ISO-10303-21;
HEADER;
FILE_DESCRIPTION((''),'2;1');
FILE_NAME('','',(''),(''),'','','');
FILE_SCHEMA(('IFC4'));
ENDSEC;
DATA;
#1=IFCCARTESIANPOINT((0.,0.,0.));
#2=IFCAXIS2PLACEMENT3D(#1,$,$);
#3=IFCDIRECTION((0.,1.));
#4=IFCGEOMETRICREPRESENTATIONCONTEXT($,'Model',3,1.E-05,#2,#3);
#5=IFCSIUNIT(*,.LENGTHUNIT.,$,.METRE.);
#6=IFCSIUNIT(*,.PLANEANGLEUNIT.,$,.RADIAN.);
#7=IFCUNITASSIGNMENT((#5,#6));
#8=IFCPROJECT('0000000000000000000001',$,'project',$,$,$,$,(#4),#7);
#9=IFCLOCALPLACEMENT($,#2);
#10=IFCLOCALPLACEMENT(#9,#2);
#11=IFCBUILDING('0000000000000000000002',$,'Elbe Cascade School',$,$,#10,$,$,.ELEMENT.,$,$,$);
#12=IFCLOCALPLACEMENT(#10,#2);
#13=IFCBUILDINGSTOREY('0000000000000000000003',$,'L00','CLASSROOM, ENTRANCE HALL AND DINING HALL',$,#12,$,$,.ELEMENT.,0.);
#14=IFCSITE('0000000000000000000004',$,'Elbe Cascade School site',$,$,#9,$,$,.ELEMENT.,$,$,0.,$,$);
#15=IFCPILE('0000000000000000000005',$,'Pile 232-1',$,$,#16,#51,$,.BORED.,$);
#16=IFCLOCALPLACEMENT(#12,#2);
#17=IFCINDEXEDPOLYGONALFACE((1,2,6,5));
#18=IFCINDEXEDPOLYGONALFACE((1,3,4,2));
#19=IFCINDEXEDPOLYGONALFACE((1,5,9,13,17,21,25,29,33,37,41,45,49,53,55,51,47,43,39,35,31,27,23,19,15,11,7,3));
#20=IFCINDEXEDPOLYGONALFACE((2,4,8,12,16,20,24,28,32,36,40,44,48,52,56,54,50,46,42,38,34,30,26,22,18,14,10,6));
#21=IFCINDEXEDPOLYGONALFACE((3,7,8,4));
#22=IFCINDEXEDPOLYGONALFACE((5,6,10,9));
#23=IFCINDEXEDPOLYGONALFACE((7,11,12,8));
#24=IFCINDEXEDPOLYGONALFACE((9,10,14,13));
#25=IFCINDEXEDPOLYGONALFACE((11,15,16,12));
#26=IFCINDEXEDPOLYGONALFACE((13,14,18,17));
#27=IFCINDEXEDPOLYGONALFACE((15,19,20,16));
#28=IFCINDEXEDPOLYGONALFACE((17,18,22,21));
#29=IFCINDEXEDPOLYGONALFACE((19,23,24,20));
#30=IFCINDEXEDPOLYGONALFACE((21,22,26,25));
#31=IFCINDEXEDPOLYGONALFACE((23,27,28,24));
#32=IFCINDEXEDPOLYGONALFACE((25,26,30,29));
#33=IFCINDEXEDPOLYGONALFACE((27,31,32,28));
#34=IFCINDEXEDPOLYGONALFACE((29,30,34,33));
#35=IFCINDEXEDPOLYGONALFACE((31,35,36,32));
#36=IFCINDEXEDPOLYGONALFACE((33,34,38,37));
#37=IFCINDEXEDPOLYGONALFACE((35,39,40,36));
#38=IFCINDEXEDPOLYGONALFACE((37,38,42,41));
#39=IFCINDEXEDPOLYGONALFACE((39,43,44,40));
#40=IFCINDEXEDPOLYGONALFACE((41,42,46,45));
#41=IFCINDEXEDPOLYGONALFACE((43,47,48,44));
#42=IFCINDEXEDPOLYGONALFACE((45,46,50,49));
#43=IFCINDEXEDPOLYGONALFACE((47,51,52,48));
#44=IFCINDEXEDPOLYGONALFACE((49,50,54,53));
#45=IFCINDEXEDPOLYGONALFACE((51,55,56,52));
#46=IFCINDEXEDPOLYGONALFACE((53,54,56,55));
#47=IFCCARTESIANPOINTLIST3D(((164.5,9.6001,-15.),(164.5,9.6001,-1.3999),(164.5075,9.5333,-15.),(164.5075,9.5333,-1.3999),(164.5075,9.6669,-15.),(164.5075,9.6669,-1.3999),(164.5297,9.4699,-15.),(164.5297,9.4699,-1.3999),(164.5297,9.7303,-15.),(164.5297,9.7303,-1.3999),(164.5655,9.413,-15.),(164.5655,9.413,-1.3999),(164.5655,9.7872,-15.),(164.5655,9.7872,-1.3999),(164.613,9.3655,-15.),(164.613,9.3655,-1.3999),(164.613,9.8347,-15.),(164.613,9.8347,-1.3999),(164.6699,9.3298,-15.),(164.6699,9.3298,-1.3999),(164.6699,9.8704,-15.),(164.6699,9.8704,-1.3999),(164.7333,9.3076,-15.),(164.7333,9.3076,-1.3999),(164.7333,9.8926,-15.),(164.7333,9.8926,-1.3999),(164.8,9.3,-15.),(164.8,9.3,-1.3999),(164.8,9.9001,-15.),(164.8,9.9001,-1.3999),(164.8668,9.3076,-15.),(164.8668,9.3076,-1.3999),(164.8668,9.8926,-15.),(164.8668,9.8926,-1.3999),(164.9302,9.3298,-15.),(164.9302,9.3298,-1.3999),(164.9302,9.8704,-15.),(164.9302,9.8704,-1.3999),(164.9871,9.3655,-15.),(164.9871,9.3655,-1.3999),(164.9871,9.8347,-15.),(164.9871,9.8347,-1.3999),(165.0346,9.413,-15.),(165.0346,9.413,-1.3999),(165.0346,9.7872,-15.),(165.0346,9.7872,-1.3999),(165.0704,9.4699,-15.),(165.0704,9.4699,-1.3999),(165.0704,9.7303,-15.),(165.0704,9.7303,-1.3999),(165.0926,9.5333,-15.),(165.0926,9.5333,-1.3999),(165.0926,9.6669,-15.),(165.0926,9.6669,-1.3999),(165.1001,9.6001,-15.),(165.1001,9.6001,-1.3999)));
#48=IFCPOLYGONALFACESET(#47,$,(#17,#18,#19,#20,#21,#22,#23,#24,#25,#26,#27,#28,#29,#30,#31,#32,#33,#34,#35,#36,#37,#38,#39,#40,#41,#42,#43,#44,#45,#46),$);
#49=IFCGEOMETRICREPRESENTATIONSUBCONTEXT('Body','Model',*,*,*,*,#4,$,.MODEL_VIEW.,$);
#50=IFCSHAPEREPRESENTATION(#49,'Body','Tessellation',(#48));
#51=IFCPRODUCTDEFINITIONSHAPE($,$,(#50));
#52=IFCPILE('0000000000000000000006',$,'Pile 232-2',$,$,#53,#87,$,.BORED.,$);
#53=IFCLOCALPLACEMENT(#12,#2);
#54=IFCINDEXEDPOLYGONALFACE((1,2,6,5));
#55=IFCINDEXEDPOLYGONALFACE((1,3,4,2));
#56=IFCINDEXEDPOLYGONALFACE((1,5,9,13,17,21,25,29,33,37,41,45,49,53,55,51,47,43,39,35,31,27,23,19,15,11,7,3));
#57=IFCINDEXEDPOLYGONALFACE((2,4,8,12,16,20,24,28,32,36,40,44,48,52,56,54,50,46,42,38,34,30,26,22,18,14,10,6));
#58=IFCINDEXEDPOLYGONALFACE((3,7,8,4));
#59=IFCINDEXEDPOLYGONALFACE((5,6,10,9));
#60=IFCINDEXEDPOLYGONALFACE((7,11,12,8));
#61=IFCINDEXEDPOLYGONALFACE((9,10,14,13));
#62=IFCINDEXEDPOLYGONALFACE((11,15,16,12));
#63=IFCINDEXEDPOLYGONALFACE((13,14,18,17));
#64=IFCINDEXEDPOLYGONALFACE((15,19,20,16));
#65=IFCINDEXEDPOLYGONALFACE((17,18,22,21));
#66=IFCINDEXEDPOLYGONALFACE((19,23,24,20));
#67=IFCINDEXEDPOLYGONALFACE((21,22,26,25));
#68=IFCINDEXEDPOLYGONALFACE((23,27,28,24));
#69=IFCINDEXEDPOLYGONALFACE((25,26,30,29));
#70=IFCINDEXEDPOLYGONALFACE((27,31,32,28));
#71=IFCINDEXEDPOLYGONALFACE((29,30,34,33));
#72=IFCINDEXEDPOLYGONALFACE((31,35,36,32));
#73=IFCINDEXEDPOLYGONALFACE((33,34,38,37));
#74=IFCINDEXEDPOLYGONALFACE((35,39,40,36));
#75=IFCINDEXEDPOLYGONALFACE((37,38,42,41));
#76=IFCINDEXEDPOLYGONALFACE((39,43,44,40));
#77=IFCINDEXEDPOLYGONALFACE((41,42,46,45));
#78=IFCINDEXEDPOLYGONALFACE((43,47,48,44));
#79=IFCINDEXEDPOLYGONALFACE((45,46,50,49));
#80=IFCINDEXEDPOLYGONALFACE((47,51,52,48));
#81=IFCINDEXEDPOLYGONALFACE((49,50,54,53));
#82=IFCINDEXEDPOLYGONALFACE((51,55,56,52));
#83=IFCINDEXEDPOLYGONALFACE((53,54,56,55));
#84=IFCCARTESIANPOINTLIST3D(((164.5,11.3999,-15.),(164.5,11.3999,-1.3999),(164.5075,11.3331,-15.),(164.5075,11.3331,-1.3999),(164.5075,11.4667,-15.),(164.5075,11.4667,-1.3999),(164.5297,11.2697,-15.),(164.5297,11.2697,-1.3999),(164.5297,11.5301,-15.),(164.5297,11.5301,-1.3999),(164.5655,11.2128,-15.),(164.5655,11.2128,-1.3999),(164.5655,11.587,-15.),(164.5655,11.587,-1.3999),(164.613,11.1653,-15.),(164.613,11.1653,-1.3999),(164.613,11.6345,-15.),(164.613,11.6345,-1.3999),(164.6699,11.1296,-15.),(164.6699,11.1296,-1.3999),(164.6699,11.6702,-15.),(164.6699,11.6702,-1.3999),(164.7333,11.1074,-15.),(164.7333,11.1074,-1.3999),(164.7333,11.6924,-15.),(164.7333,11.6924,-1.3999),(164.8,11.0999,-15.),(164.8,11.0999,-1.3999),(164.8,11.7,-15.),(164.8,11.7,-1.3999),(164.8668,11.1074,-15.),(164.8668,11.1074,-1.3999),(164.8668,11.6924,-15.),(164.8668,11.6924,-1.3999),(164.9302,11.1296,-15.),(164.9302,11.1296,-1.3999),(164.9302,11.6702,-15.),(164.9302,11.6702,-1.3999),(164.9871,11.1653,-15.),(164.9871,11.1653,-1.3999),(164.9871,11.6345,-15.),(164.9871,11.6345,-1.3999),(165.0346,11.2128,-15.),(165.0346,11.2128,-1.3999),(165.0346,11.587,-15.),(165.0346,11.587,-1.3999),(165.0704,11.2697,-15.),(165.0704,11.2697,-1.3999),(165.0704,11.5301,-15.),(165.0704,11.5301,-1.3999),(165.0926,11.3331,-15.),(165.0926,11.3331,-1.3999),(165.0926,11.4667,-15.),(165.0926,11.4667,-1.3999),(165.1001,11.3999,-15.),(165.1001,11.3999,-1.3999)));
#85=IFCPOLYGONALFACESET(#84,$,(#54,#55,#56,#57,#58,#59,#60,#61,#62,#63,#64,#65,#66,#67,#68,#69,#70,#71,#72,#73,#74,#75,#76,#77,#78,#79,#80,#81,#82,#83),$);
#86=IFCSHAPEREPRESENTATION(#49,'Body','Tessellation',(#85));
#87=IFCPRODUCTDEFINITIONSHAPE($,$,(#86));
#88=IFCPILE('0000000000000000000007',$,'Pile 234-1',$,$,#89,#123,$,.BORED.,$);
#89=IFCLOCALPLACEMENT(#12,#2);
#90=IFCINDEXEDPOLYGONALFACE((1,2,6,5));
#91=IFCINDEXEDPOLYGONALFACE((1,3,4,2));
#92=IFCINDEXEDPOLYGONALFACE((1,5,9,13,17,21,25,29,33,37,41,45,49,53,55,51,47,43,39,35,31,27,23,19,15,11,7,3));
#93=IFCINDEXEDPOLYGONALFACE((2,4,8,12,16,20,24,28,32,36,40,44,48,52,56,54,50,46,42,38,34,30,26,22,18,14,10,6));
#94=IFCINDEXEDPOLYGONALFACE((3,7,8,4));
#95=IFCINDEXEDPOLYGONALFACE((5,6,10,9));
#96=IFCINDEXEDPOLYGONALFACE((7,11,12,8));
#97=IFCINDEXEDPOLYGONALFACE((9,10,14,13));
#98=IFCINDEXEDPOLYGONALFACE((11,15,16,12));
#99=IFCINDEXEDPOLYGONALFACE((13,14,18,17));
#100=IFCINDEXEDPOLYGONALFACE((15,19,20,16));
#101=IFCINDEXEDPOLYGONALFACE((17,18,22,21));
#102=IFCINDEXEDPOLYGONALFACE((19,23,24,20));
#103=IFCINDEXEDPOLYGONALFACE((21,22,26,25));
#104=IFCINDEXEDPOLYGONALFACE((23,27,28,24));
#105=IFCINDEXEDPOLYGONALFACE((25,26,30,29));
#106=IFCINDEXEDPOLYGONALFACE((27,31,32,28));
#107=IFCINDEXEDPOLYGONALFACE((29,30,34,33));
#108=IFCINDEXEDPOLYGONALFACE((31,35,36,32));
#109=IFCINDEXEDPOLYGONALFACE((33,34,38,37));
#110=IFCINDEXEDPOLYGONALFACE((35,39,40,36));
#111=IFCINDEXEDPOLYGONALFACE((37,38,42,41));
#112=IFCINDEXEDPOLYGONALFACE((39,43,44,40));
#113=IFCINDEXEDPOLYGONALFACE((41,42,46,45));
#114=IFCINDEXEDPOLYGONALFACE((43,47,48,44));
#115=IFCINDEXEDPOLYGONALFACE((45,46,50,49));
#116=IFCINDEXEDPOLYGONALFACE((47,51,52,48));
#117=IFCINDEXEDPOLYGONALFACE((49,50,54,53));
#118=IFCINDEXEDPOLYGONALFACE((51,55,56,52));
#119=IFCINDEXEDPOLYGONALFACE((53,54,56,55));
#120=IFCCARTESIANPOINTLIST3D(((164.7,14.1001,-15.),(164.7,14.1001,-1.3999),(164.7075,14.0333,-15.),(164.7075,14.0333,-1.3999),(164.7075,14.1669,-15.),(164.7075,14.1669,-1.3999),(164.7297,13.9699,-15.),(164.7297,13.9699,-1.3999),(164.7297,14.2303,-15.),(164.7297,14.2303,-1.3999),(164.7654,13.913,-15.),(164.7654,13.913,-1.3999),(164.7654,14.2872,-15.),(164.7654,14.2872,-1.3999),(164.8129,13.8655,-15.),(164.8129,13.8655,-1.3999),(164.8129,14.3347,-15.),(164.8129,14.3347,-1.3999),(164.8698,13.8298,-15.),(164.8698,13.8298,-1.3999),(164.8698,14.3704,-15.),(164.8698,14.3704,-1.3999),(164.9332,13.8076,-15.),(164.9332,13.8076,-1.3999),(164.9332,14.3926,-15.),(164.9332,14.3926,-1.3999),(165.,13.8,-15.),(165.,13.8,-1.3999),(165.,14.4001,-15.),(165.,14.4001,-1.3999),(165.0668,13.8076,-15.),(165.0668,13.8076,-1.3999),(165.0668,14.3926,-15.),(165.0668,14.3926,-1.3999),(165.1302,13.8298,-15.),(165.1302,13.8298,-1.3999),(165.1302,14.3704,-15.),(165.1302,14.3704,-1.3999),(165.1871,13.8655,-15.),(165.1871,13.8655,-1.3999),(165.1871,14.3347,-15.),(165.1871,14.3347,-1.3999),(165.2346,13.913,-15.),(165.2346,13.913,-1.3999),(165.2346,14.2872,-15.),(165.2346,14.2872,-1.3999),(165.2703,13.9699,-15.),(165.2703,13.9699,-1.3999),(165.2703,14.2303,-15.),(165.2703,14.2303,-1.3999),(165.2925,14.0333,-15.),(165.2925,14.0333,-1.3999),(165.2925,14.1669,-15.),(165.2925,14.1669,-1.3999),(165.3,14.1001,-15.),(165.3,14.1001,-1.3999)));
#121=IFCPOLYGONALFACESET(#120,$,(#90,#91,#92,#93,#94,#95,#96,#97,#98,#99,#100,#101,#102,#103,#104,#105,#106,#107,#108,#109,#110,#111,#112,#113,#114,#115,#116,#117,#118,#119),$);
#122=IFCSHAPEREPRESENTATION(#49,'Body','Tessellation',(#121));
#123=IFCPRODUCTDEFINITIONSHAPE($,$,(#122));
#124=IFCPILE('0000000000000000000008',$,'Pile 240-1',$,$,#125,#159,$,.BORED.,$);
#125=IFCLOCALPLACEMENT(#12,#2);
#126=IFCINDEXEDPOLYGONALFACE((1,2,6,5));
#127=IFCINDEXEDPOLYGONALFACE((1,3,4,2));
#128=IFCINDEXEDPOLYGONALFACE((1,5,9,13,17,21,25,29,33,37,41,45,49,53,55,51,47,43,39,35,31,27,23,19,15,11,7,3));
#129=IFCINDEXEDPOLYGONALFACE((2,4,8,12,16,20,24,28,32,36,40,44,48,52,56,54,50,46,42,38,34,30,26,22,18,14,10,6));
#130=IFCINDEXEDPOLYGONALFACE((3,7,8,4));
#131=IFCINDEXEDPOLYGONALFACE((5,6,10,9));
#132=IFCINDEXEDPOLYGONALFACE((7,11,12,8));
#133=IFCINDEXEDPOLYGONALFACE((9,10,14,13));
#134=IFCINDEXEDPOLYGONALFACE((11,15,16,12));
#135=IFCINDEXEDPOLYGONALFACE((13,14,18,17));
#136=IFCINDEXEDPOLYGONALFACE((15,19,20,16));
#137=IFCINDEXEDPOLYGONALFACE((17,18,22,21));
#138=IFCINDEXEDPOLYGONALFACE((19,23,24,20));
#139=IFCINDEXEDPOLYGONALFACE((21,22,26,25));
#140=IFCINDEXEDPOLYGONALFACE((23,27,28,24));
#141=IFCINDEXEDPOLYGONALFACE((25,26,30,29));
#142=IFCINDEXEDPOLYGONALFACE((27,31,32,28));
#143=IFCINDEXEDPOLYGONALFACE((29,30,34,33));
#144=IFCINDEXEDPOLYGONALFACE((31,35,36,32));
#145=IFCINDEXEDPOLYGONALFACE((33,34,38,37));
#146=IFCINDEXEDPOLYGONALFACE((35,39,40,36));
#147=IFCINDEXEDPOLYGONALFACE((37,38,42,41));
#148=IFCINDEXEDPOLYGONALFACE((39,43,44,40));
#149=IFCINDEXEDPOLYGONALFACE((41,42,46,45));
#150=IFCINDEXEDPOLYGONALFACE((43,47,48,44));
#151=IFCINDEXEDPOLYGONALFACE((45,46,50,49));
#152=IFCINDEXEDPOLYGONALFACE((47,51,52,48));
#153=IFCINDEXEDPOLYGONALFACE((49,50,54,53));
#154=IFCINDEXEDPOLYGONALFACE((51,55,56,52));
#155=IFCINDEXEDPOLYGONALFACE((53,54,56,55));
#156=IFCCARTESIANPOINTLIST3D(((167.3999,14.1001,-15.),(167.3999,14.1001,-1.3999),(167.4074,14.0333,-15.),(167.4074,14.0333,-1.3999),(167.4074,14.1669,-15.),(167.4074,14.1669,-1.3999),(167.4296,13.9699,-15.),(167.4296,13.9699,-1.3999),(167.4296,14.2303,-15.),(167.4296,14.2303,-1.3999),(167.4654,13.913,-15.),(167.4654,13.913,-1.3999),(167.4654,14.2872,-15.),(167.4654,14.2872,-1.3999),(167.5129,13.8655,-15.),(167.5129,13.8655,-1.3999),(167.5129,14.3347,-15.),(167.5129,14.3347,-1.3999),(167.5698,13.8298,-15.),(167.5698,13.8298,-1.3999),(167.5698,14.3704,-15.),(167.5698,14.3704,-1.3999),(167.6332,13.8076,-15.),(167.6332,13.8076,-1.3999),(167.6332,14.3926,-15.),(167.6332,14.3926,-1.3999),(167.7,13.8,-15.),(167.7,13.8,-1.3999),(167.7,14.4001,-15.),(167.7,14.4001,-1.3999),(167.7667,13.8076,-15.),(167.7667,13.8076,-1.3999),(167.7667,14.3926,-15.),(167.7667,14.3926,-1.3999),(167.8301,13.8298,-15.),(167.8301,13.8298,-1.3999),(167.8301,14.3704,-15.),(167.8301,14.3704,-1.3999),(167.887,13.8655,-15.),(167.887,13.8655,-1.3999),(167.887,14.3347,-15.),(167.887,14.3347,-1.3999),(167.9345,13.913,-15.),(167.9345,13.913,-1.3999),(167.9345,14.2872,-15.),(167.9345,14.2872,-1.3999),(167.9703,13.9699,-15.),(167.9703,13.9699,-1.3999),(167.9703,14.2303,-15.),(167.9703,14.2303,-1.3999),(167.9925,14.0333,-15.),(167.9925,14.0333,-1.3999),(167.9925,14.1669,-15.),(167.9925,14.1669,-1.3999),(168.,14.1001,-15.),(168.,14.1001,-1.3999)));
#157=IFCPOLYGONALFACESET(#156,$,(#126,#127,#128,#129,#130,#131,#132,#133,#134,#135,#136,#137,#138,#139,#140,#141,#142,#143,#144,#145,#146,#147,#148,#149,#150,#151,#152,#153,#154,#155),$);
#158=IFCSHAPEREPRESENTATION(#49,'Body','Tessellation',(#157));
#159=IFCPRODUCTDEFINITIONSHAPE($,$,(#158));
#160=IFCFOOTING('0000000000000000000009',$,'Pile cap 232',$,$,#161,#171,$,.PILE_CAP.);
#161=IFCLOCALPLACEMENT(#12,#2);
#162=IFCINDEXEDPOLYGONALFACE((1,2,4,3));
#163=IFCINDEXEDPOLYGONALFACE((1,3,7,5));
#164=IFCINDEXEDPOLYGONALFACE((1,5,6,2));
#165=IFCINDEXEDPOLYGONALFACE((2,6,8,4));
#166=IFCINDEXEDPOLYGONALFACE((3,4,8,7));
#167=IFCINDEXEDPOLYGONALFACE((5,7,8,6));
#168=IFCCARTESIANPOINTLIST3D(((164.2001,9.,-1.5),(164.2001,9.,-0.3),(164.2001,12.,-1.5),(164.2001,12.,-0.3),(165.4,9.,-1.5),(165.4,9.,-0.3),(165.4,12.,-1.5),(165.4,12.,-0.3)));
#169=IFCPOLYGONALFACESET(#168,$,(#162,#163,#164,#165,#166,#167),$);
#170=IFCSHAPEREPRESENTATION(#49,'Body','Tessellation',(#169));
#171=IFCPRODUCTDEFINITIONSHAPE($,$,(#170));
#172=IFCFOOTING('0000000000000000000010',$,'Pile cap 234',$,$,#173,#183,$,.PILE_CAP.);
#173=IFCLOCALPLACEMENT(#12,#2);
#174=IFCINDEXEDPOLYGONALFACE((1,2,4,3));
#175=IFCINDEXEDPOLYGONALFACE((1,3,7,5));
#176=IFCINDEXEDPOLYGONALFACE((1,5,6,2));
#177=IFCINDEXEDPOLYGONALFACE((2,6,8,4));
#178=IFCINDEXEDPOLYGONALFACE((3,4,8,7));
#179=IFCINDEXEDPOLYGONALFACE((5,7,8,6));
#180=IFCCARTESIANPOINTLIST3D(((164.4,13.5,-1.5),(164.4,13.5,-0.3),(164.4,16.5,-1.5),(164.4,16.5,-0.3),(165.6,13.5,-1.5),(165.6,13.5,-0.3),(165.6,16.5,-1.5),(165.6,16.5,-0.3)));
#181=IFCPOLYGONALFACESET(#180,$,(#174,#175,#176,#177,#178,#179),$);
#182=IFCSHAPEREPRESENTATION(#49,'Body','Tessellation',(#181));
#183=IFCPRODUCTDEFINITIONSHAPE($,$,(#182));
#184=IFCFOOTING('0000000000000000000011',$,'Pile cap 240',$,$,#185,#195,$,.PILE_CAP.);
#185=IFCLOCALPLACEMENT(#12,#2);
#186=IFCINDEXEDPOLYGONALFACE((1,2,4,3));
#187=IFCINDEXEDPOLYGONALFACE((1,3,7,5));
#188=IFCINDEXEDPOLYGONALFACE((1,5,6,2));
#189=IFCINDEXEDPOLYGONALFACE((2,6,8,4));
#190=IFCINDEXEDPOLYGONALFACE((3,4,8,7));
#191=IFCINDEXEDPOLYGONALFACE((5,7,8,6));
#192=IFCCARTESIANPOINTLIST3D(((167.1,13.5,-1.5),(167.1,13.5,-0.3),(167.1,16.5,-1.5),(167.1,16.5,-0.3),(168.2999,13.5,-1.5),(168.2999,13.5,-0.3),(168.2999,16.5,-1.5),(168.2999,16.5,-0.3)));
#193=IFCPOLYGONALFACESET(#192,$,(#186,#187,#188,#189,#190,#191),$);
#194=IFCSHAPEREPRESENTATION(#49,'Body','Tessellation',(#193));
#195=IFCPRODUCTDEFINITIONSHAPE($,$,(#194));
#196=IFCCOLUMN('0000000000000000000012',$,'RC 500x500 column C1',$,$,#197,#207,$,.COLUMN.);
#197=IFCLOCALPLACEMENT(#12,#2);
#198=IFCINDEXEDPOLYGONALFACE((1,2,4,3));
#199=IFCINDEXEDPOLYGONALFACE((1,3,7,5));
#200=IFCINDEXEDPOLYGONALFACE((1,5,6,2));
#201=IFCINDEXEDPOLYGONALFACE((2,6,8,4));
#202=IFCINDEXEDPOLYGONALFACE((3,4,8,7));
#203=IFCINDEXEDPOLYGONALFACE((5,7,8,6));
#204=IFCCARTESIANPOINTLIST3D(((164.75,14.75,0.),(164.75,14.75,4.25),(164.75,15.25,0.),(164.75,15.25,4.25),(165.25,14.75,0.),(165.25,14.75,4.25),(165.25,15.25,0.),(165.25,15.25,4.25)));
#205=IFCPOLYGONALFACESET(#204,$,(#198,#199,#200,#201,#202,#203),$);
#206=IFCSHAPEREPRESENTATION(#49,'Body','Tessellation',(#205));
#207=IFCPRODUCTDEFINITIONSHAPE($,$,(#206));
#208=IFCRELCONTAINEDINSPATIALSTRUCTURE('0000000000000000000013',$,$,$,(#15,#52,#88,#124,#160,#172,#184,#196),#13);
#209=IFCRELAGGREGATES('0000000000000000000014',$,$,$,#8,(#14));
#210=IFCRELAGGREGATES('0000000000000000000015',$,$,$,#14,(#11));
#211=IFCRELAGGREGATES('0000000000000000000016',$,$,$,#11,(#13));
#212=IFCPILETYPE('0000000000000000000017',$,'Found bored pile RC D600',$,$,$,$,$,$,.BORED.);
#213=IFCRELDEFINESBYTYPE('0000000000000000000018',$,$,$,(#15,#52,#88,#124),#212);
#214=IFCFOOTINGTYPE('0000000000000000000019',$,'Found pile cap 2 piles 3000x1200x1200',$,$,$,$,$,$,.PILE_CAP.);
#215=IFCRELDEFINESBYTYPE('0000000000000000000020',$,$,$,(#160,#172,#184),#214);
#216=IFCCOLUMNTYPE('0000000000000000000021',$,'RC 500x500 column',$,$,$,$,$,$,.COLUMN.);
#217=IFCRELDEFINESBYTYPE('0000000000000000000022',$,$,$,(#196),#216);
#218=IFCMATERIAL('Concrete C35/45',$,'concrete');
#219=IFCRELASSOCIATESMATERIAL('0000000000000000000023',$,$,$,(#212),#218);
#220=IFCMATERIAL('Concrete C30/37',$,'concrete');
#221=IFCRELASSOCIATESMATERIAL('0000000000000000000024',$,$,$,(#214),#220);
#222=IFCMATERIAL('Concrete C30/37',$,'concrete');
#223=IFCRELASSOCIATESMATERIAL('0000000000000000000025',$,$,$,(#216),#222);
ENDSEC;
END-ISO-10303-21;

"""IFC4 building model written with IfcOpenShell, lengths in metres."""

from ifc_helpers import new_model, si_unit, direction, frame, origin, origin_2d, place, context, subcontext, project, spatial, rectangle, circle, extrude, material, material_profile, profile_set, type_object, element, save


model = new_model("IFC4")

# Units and contexts
model_context = context("Model", 3, precision=1e-05, world=origin(), true_north=direction((0.0, 1.0)))
body_context = subcontext(model_context, "Body", "Model", "MODEL_VIEW")
ifc_project = project(units=[si_unit("LENGTHUNIT", "METRE"), si_unit("PLANEANGLEUNIT", "RADIAN")], contexts=[model_context])

# Site, building, storey
site_placement = place(None, origin())
site = spatial("IfcSite", under=ifc_project, at=site_placement, Name="Elbe Cascade School site", CompositionType="ELEMENT", RefElevation=0.0)
building_placement = place(site_placement, origin())
building = spatial("IfcBuilding", under=site, at=building_placement, Name="Elbe Cascade School", CompositionType="ELEMENT")
storey_placement = place(building_placement, origin())
storey = spatial("IfcBuildingStorey", under=building, at=storey_placement, Name="L00", Description="CLASSROOM, ENTRANCE HALL AND DINING HALL", CompositionType="ELEMENT", Elevation=0.0)

# Piles
ifc_material_1 = material(Name="Concrete C35/45", Category="concrete")
ifc_material_profile_1 = material_profile(ifc_material_1, circle(Radius=0.3, at=origin_2d()), Name="RC D600")
ifc_profile_set_1 = profile_set([ifc_material_profile_1], Name="Concrete C35/45")
pile_type = type_object("IfcPileType", Name="Found bored pile RC D600", PredefinedType="BORED", material=ifc_profile_set_1)
for number, where, z_axis, x_axis, name in (
    (1, (164.8, 9.6001, -1.3999), (0.0, 0.0, -1.0), (1.0, 0.0, 0.0), "Pile 232-1"),
    (2, (164.8, 11.3999, -1.3999), (0.0, 0.0, -1.0), (1.0, 0.0, 0.0), "Pile 232-2"),
    (3, (165.0, 14.1001, -1.3999), (0.0, 0.0, -1.0), (1.0, 0.0, 0.0), "Pile 234-1"),
    (4, (167.7, 14.1001, -1.3999), (0.0, 0.0, -1.0), (1.0, 0.0, 0.0), "Pile 240-1"),
):
    element("IfcPile", number, at=place(storey_placement, frame(where, z_axis=z_axis, x_axis=x_axis)), inside=storey, type_object=pile_type, Name=name, PredefinedType="BORED", context=body_context, shape_type="SweptSolid", body=[
        extrude(circle(Radius=0.3, at=origin_2d()), origin(), (0.0, 0.0, 1.0), 13.6001),
    ])

# Footings
ifc_material_2 = material(Name="Concrete C30/37", Category="concrete")
footing_type = type_object("IfcFootingType", Name="Found pile cap 2 piles 3000x1200x1200", PredefinedType="PILE_CAP", material=ifc_material_2)
for number, where, z_axis, x_axis, name in (
    (5, (164.8, 10.5, -1.5), (0.0, 0.0, 1.0), (1.0, 0.0, 0.0), "Pile cap 232"),
    (6, (165.0, 15.0, -1.5), (0.0, 0.0, 1.0), (1.0, 0.0, 0.0), "Pile cap 234"),
    (7, (167.7, 15.0, -1.5), (0.0, 0.0, 1.0), (1.0, 0.0, 0.0), "Pile cap 240"),
):
    element("IfcFooting", number, at=place(storey_placement, frame(where, z_axis=z_axis, x_axis=x_axis)), inside=storey, type_object=footing_type, Name=name, PredefinedType="PILE_CAP", context=body_context, shape_type="SweptSolid", body=[
        extrude(rectangle(XDim=1.2, YDim=3.0, at=origin_2d()), origin(), (0.0, 0.0, 1.0), 1.2),
    ])

# Column
ifc_material_3 = material(Name="Concrete C30/37", Category="concrete")
ifc_material_profile_2 = material_profile(ifc_material_3, rectangle(XDim=0.5, YDim=0.5, at=origin_2d()), Name="RC 500x500")
ifc_profile_set_2 = profile_set([ifc_material_profile_2], Name="Concrete C30/37")
column_type = type_object("IfcColumnType", Name="RC 500x500 column", PredefinedType="COLUMN", material=ifc_profile_set_2)
for number, where, z_axis, x_axis, name in (
    (8, (165.0, 15.0, 0.0), (0.0, 0.0, 1.0), (1.0, 0.0, 0.0), "RC 500x500 column C1"),
):
    element("IfcColumn", number, at=place(storey_placement, frame(where, z_axis=z_axis, x_axis=x_axis)), inside=storey, type_object=column_type, Name=name, PredefinedType="COLUMN", context=body_context, shape_type="SweptSolid", body=[
        extrude(rectangle(XDim=0.5, YDim=0.5, at=origin_2d()), origin(), (0.0, 0.0, 1.0), 4.25),
    ])

save(model, "model.ifc")
